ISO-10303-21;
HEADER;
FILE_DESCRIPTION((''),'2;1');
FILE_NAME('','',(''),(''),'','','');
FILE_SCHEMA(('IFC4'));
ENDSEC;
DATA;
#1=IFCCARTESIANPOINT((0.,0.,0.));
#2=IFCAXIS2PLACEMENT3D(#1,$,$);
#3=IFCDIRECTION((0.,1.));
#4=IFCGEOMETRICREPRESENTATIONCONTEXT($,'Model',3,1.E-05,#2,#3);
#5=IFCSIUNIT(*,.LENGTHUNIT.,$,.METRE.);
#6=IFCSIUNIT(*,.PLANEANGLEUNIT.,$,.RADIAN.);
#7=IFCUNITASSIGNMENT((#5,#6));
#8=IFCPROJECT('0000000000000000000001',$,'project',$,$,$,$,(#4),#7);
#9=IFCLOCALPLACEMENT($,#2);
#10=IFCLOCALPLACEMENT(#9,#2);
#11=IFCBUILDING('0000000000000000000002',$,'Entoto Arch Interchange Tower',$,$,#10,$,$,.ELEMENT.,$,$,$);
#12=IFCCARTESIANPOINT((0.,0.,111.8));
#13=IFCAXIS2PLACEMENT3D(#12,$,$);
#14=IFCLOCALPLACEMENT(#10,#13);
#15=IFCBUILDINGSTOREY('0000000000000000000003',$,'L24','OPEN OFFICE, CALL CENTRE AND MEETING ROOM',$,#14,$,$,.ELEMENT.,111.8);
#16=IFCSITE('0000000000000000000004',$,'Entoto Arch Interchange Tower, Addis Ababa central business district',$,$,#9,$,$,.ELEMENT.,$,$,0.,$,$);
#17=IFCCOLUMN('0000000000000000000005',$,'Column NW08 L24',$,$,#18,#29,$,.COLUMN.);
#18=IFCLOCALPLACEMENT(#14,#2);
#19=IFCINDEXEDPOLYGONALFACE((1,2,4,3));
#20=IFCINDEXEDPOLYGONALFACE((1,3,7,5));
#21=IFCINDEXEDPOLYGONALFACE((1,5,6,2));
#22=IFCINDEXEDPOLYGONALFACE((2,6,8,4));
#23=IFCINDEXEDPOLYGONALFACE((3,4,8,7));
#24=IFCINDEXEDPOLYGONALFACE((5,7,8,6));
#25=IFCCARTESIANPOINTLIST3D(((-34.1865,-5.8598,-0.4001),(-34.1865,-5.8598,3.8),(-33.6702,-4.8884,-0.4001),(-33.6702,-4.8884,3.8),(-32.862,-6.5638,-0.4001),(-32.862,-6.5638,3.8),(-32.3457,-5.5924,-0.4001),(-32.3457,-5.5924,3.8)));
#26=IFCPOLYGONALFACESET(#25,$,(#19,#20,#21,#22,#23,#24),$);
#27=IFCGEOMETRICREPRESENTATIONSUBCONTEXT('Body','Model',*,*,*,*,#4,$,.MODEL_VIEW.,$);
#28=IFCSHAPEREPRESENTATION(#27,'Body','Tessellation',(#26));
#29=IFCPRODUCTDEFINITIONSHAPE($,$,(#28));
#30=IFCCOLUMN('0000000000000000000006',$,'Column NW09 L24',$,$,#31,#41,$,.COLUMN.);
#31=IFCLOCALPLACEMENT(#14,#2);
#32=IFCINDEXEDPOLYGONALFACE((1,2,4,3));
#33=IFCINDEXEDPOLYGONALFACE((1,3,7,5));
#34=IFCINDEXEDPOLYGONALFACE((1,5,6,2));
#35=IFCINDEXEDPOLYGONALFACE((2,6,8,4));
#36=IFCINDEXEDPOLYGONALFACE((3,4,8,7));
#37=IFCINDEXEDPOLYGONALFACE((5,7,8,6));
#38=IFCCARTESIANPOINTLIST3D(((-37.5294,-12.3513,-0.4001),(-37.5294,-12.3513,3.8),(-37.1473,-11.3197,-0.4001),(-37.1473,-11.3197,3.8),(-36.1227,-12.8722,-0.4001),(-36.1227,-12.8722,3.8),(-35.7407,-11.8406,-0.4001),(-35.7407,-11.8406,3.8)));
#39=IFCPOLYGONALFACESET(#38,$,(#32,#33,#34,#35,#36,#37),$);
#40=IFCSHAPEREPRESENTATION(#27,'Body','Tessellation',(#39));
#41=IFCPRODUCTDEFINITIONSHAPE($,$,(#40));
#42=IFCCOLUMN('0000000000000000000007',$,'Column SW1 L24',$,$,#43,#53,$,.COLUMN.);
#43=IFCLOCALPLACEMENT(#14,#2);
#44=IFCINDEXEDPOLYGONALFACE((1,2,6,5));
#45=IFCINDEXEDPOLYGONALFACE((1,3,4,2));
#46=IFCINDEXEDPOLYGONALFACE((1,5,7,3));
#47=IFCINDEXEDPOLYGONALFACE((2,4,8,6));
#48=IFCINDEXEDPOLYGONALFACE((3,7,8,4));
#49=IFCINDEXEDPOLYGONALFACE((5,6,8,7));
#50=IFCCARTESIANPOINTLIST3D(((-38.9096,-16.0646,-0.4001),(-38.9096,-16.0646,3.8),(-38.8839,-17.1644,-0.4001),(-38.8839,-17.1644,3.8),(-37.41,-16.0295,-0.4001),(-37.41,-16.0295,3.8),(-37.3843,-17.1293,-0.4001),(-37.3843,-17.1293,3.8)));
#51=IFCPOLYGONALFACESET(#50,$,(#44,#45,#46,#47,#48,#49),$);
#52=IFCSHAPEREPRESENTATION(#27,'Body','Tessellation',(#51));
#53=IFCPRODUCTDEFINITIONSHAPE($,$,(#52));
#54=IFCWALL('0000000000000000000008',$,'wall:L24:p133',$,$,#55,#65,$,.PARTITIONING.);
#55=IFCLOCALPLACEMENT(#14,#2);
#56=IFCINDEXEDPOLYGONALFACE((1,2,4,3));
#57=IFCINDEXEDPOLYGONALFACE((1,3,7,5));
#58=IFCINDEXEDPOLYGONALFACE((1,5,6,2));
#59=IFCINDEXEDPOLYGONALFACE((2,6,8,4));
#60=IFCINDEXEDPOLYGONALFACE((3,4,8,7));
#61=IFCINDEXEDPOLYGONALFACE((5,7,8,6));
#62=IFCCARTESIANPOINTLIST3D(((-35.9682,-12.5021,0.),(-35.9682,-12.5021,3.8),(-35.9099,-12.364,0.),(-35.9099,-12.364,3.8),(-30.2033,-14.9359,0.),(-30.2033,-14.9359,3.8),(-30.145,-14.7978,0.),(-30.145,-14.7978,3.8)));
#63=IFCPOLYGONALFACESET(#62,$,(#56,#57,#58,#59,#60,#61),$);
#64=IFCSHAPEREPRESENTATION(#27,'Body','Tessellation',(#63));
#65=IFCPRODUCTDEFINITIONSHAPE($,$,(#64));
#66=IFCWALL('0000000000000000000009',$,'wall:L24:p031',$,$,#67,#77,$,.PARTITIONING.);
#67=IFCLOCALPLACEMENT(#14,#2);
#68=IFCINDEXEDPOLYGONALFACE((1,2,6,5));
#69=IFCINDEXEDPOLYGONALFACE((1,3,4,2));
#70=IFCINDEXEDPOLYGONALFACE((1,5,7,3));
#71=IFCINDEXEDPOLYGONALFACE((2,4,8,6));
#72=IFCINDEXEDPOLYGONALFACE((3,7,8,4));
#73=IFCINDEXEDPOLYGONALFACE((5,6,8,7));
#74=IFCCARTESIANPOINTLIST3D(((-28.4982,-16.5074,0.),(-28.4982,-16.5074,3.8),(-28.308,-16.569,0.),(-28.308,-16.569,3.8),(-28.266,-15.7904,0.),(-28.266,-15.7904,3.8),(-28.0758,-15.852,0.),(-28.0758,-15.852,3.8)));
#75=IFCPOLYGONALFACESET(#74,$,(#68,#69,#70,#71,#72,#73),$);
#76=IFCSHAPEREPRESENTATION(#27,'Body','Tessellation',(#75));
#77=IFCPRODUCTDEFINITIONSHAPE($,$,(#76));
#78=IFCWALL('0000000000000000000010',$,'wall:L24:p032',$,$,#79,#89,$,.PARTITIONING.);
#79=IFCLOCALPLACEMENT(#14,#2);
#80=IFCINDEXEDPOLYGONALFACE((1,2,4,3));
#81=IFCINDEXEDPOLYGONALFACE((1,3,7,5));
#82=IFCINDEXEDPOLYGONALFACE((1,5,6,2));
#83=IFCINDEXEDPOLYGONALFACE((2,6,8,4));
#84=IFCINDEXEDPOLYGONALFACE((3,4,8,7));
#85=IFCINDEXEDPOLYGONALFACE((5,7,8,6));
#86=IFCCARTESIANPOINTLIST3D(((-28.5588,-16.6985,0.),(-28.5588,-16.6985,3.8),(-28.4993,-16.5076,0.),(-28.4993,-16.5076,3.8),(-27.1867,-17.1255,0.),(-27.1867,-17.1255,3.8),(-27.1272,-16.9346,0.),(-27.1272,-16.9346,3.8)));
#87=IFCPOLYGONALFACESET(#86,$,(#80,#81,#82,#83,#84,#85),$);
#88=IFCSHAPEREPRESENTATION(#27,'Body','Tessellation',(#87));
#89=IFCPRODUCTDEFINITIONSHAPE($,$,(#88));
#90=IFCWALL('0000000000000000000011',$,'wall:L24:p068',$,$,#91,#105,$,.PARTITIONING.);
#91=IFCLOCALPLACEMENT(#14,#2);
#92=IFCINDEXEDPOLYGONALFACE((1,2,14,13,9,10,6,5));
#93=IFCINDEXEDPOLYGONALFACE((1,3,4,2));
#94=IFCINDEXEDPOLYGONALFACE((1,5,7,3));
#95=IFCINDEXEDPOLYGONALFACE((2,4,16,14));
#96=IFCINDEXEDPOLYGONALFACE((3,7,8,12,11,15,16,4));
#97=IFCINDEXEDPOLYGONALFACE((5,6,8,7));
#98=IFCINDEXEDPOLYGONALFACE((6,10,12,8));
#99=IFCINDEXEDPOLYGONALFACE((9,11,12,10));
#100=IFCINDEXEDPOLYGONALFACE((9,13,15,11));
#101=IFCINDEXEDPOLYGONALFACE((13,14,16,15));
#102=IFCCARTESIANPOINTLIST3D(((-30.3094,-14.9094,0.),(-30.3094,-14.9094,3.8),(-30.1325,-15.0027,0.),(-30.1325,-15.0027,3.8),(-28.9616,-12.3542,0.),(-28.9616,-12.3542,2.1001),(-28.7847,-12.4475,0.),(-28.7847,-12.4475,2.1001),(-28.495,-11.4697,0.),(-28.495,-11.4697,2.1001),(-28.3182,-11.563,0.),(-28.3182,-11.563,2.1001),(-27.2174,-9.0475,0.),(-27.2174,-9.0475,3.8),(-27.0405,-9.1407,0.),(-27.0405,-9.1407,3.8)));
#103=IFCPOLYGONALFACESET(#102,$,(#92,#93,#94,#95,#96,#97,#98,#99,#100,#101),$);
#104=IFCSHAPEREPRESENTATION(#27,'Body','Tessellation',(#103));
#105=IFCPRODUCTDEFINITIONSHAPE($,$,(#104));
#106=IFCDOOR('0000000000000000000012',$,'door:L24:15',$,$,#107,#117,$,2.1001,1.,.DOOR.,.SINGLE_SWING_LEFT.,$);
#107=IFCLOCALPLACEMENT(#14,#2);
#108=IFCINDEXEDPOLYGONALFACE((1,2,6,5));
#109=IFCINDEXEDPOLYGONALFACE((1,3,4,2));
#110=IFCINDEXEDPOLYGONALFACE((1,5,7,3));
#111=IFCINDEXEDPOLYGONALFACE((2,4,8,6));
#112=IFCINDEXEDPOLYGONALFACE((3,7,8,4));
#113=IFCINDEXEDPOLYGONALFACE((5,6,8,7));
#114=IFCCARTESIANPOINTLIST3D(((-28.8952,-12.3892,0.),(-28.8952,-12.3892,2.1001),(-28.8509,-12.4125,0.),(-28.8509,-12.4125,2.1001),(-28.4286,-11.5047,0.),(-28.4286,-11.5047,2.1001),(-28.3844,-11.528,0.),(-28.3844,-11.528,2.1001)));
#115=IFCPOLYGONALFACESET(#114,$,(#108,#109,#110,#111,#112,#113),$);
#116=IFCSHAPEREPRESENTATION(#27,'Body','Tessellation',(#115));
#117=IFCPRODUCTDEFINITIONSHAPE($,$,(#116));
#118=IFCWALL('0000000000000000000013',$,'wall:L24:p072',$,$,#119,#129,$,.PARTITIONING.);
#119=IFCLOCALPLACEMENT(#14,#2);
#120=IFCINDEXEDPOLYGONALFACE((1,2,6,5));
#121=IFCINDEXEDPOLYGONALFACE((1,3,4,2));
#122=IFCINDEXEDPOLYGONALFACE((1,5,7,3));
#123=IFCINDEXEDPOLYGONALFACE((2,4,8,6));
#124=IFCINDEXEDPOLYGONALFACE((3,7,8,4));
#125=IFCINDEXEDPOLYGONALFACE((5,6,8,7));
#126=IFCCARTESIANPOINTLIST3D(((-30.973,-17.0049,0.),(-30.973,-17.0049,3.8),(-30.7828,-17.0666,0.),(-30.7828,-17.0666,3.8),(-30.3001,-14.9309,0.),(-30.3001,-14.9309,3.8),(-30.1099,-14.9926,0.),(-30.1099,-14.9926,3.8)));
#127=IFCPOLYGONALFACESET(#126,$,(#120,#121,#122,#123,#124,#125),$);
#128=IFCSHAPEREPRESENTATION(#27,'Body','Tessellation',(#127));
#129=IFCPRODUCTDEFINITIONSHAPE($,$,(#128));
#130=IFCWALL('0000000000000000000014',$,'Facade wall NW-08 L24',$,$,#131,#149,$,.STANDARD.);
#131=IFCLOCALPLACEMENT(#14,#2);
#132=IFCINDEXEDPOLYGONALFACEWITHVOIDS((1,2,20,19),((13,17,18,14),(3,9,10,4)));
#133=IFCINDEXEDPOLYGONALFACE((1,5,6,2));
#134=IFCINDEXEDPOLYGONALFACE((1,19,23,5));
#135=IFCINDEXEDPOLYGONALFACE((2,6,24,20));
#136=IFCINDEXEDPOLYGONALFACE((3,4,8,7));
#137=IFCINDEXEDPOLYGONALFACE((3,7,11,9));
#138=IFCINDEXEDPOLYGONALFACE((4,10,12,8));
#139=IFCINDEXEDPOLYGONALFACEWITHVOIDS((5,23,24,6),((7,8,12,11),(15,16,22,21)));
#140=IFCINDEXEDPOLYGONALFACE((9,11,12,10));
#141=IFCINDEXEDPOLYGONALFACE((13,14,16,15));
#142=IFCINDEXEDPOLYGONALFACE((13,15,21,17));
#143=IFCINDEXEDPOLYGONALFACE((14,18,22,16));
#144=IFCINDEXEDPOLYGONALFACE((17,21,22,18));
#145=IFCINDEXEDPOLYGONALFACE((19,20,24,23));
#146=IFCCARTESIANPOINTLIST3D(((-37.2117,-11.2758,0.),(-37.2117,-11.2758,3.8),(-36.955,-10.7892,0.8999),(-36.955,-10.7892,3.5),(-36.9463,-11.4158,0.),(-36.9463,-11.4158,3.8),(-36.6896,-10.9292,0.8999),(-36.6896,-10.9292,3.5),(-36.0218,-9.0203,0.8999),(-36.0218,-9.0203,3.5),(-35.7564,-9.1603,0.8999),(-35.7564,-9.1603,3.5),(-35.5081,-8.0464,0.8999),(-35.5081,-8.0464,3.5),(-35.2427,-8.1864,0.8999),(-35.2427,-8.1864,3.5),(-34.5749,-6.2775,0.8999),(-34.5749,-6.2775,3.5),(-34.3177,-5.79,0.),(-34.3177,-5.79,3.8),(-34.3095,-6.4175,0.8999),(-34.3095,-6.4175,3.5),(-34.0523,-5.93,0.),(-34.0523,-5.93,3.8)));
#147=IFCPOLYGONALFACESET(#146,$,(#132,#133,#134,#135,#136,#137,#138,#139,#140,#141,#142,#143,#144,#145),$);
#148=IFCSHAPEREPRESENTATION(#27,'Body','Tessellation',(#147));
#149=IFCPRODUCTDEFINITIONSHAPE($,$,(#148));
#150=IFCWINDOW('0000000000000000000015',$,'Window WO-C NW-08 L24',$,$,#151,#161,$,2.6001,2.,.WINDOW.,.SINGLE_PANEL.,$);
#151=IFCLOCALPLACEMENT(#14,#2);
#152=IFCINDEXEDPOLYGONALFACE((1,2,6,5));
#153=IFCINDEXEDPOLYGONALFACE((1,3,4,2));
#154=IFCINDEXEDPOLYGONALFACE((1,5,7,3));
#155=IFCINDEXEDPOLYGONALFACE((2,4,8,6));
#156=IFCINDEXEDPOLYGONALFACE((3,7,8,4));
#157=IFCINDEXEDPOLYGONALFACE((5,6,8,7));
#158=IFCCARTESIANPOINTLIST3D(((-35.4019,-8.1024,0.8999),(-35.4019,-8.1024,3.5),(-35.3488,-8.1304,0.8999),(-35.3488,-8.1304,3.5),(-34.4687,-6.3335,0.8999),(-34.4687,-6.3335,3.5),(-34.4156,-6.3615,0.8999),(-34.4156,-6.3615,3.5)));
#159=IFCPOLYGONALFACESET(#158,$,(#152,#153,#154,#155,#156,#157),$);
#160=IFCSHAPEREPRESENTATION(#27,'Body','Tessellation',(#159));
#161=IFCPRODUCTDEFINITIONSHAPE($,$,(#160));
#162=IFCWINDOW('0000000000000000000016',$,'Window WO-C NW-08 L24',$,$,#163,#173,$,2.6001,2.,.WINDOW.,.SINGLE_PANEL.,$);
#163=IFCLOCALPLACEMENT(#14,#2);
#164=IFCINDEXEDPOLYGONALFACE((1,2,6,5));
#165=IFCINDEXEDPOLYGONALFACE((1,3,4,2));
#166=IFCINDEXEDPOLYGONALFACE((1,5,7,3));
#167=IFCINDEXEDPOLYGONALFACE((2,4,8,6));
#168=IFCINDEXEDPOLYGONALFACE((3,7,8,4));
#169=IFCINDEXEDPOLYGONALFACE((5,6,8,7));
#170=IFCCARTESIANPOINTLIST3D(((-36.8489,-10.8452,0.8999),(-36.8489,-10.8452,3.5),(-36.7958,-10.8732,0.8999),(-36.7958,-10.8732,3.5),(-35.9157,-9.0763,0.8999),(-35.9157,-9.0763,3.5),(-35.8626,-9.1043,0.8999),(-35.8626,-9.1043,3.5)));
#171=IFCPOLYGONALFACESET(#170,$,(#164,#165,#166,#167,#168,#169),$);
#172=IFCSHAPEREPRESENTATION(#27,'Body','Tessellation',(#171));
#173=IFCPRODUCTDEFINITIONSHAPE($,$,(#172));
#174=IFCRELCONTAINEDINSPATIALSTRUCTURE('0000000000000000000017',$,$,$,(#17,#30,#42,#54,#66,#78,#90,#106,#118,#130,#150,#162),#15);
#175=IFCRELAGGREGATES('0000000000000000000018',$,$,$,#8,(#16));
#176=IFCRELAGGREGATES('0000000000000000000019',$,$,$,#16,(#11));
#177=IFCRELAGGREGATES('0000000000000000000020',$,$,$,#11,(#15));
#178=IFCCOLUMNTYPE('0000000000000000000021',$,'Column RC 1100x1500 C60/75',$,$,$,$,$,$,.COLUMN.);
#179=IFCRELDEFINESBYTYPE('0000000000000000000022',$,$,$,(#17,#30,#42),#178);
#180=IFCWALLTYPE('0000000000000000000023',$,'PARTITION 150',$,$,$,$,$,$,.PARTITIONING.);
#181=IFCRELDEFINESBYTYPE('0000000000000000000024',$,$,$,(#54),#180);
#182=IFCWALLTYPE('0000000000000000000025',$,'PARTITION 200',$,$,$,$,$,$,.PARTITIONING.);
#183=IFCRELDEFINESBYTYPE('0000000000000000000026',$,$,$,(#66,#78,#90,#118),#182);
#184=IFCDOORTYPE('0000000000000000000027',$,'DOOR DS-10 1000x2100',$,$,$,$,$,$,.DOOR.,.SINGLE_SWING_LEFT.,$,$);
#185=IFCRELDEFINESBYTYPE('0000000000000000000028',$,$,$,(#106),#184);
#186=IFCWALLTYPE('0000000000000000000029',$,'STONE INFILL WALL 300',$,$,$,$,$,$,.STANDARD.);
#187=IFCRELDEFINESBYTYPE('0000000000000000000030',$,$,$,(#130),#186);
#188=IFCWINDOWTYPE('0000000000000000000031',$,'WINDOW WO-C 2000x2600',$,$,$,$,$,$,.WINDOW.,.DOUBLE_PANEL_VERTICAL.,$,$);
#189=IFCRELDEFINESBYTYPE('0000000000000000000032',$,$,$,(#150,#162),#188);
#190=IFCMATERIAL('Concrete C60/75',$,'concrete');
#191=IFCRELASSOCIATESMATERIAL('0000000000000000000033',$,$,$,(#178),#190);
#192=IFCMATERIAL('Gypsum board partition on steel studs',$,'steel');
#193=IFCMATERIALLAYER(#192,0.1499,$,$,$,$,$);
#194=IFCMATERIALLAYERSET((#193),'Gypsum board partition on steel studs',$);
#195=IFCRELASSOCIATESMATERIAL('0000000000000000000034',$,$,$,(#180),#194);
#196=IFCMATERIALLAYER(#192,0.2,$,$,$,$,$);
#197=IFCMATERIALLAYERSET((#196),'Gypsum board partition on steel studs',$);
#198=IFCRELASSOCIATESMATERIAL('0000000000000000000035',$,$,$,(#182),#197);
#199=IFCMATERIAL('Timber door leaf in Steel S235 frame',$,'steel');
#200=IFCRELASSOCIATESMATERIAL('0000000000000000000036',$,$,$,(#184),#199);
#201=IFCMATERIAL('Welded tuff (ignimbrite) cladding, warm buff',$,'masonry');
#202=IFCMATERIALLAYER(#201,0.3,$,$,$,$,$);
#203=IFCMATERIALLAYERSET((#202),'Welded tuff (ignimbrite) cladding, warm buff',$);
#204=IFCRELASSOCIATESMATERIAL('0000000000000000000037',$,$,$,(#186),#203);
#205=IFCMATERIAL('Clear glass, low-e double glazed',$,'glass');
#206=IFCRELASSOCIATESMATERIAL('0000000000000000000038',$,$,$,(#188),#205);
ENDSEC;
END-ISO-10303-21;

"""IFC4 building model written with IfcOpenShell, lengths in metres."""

from ifc_helpers import new_model, si_unit, direction, frame, frame_2d, origin, origin_2d, place, context, subcontext, project, spatial, rectangle, extrude, material, layer, layer_set, material_profile, profile_set, type_object, element, fill, save


model = new_model("IFC4")

# Units and contexts
model_context = context("Model", 3, precision=1e-05, world=origin(), true_north=direction((0.0, 1.0)))
body_context = subcontext(model_context, "Body", "Model", "MODEL_VIEW")
ifc_project = project(units=[si_unit("LENGTHUNIT", "METRE"), si_unit("PLANEANGLEUNIT", "RADIAN")], contexts=[model_context])

# Site, building, storey
site_placement = place(None, origin())
site = spatial("IfcSite", under=ifc_project, at=site_placement, Name="Entoto Arch Interchange Tower, Addis Ababa central business district", CompositionType="ELEMENT", RefElevation=0.0)
building_placement = place(site_placement, origin())
building = spatial("IfcBuilding", under=site, at=building_placement, Name="Entoto Arch Interchange Tower", CompositionType="ELEMENT")
storey_placement = place(building_placement, frame((0.0, 0.0, 111.8)))
storey = spatial("IfcBuildingStorey", under=building, at=storey_placement, Name="L24", Description="OPEN OFFICE, CALL CENTRE AND MEETING ROOM", CompositionType="ELEMENT", Elevation=111.8)

# Columns
ifc_material_1 = material(Name="Concrete C60/75", Category="concrete")
ifc_material_profile = material_profile(ifc_material_1, rectangle(XDim=1.1001, YDim=1.5, at=origin_2d()))
ifc_profile_set = profile_set([ifc_material_profile], Name="Concrete C60/75")
column_type = type_object("IfcColumnType", Name="Column RC 1100x1500 C60/75", PredefinedType="COLUMN", material=ifc_profile_set)
for number, where, z_axis, x_axis, name in (
    (1, (-33.2661, -5.7261, -0.4001), (0.0, 0.0, 1.0), (0.469333, 0.883021, 0.0), "Column NW08 L24"),
    (2, (-36.635, -12.0959, -0.4001), (0.0, 0.0, 1.0), (0.347312, 0.93775, 0.0), "Column NW09 L24"),
    (3, (-38.147, -16.5969, -0.4001), (0.0, 0.0, 1.0), (-0.023385, 0.999727, 0.0), "Column SW1 L24"),
):
    element("IfcColumn", number, at=place(storey_placement, frame(where, z_axis=z_axis, x_axis=x_axis)), inside=storey, type_object=column_type, Name=name, PredefinedType="COLUMN", context=body_context, shape_type="SweptSolid", body=[
        extrude(rectangle(XDim=1.1001, YDim=1.5, at=origin_2d()), origin(), (0.0, 0.0, 1.0), 4.2002),
    ])

# Walls
ifc_material_2 = material(Name="Gypsum board partition on steel studs", Category="steel")
ifc_layer_1 = layer(ifc_material_2, 0.1499)
ifc_layer_set_1 = layer_set([ifc_layer_1], Name="Gypsum board partition on steel studs")
wall_type_1 = type_object("IfcWallType", Name="PARTITION 150", PredefinedType="PARTITIONING", material=ifc_layer_set_1)
wall_1_placement = place(storey_placement, frame((-30.1741, -14.8669, 0.0), z_axis=(0.0, 0.0, 1.0), x_axis=(-0.921263, 0.388941, 0.0)))
element("IfcWall", 4, at=wall_1_placement, inside=storey, type_object=wall_type_1, Name="wall:L24:p133", PredefinedType="PARTITIONING", context=body_context, shape_type="SweptSolid", body=[
    extrude(rectangle(XDim=6.2576, YDim=0.1499, at=frame_2d((3.1289, 0.0))), origin(), (0.0, 0.0, 1.0), 3.8),
])
ifc_layer_2 = layer(ifc_material_2, 0.2)
ifc_layer_set_2 = layer_set([ifc_layer_2], Name="Gypsum board partition on steel studs")
wall_type_2 = type_object("IfcWallType", Name="PARTITION 200", PredefinedType="PARTITIONING", material=ifc_layer_set_2)
wall_2_placement = place(storey_placement, frame((-28.1709, -15.821, 0.0), z_axis=(0.0, 0.0, 1.0), x_axis=(-0.308053, -0.951369, 0.0)))
element("IfcWall", 5, at=wall_2_placement, inside=storey, type_object=wall_type_2, Name="wall:L24:p031", PredefinedType="PARTITIONING", context=body_context, shape_type="SweptSolid", body=[
    extrude(rectangle(XDim=0.7537, YDim=0.2, at=frame_2d((0.377, 0.0))), origin(), (0.0, 0.0, 1.0), 3.8),
])
wall_3_placement = place(storey_placement, frame((-28.5291, -16.603, 0.0), z_axis=(0.0, 0.0, 1.0), x_axis=(0.95483, -0.297153, 0.0)))
element("IfcWall", 6, at=wall_3_placement, inside=storey, type_object=wall_type_2, Name="wall:L24:p032", PredefinedType="PARTITIONING", context=body_context, shape_type="SweptSolid", body=[
    extrude(rectangle(XDim=1.437, YDim=0.2, at=frame_2d((0.7185, 0.0))), origin(), (0.0, 0.0, 1.0), 3.8),
])

# Wall, opening, door
wall_4_placement = place(storey_placement, frame((-30.2209, -14.9561, 0.0), z_axis=(0.0, 0.0, 1.0), x_axis=(0.466543, 0.884498, 0.0)))
wall_4 = element("IfcWall", 7, at=wall_4_placement, inside=storey, type_object=wall_type_2, Name="wall:L24:p068", PredefinedType="PARTITIONING", context=body_context, shape_type="SweptSolid", body=[
    extrude(rectangle(XDim=6.6274, YDim=0.2, at=frame_2d((3.3137, 0.0))), origin(), (0.0, 0.0, 1.0), 3.8),
])
opening_1_placement = place(wall_4_placement, frame((2.8889, 0.0, 0.0)))
opening_1 = element("IfcOpeningElement", 8, at=opening_1_placement, cuts=wall_4, PredefinedType="OPENING", context=body_context, shape_type="SweptSolid", body=[
    extrude(rectangle(XDim=1.0, YDim=2.1001, at=frame_2d((0.5, 1.05))), frame((0.0, 0.1099, 0.0), z_axis=(0.0, -1.0, 0.0), x_axis=(1.0, 0.0, 0.0)), (0.0, 0.0, 1.0), 0.22),
])
ifc_material_3 = material(Name="Timber door leaf in Steel S235 frame", Category="steel")
door_type = type_object("IfcDoorType", Name="DOOR DS-10 1000x2100", OperationType="SINGLE_SWING_LEFT", PredefinedType="DOOR", material=ifc_material_3)
door_placement = place(opening_1_placement, origin())
door = element("IfcDoor", 9, at=door_placement, inside=storey, type_object=door_type, Name="door:L24:15", OperationType="SINGLE_SWING_LEFT", OverallHeight=2.1001, OverallWidth=1.0, PredefinedType="DOOR", context=body_context, shape_type="SweptSolid", body=[
    extrude(rectangle(XDim=1.0, YDim=2.1001, at=frame_2d((0.5, 1.05))), frame((0.0, 0.0249, 0.0), z_axis=(0.0, -1.0, 0.0), x_axis=(1.0, 0.0, 0.0)), (0.0, 0.0, 1.0), 0.05),
])
fill(opening_1, door)

# Wall
wall_5_placement = place(storey_placement, frame((-30.8779, -17.0359, 0.0), z_axis=(0.0, 0.0, 1.0), x_axis=(0.308592, 0.951194, 0.0)))
element("IfcWall", 10, at=wall_5_placement, inside=storey, type_object=wall_type_2, Name="wall:L24:p072", PredefinedType="PARTITIONING", context=body_context, shape_type="SweptSolid", body=[
    extrude(rectangle(XDim=2.1804, YDim=0.2, at=frame_2d((1.0903, 0.0))), origin(), (0.0, 0.0, 1.0), 3.8),
])

# Wall, openings, windows
ifc_material_4 = material(Name="Welded tuff (ignimbrite) cladding, warm buff", Category="masonry")
ifc_layer_3 = layer(ifc_material_4, 0.3)
ifc_layer_set_3 = layer_set([ifc_layer_3], Name="Welded tuff (ignimbrite) cladding, warm buff")
wall_type_3 = type_object("IfcWallType", Name="STONE INFILL WALL 300", PredefinedType="STANDARD", material=ifc_layer_set_3)
wall_6_placement = place(storey_placement, frame((-34.1851, -5.8601, 0.0), z_axis=(0.0, 0.0, 1.0), x_axis=(-0.4666, -0.884469, 0.0)))
wall_6 = element("IfcWall", 11, at=wall_6_placement, inside=storey, type_object=wall_type_3, Name="Facade wall NW-08 L24", PredefinedType="STANDARD", context=body_context, shape_type="SweptSolid", body=[
    extrude(rectangle(XDim=6.2024, YDim=0.3, at=frame_2d((3.1011, 0.0))), origin(), (0.0, 0.0, 1.0), 3.8),
])
opening_2_placement = place(wall_6_placement, frame((0.551, 0.0, 0.8999)))
opening_2 = element("IfcOpeningElement", 12, at=opening_2_placement, cuts=wall_6, PredefinedType="OPENING", context=body_context, shape_type="SweptSolid", body=[
    extrude(rectangle(XDim=2.0, YDim=2.6001, at=frame_2d((1.0, 1.3))), frame((0.0, 0.1602, 0.0), z_axis=(0.0, -1.0, 0.0), x_axis=(1.0, 0.0, 0.0)), (0.0, 0.0, 1.0), 0.3201),
])
opening_3_placement = place(wall_6_placement, frame((3.6521, 0.0, 0.8999)))
opening_3 = element("IfcOpeningElement", 13, at=opening_3_placement, cuts=wall_6, PredefinedType="OPENING", context=body_context, shape_type="SweptSolid", body=[
    extrude(rectangle(XDim=2.0, YDim=2.6001, at=frame_2d((1.0, 1.3))), frame((0.0, 0.1602, 0.0), z_axis=(0.0, -1.0, 0.0), x_axis=(1.0, 0.0, 0.0)), (0.0, 0.0, 1.0), 0.3201),
])
ifc_material_5 = material(Name="Clear glass, low-e double glazed", Category="glass")
window_type_1 = type_object("IfcWindowType", Name="WINDOW WO-C 2000x2600", PartitioningType="DOUBLE_PANEL_VERTICAL", PredefinedType="WINDOW", material=ifc_material_5)
window_1_placement = place(opening_2_placement, origin())
window_1 = element("IfcWindow", 14, at=window_1_placement, inside=storey, type_object=window_type_1, Name="Window WO-C NW-08 L24", OverallHeight=2.6001, OverallWidth=2.0, PartitioningType="SINGLE_PANEL", PredefinedType="WINDOW", context=body_context, shape_type="SweptSolid", body=[
    extrude(rectangle(XDim=2.0, YDim=2.6001, at=frame_2d((1.0, 1.3))), frame((0.0, 0.03, 0.0), z_axis=(0.0, -1.0, 0.0), x_axis=(1.0, 0.0, 0.0)), (0.0, 0.0, 1.0), 0.0601),
])
fill(opening_2, window_1)
window_2_placement = place(opening_3_placement, origin())
window_2 = element("IfcWindow", 15, at=window_2_placement, inside=storey, type_object=window_type_1, Name="Window WO-C NW-08 L24", OverallHeight=2.6001, OverallWidth=2.0, PartitioningType="SINGLE_PANEL", PredefinedType="WINDOW", context=body_context, shape_type="SweptSolid", body=[
    extrude(rectangle(XDim=2.0, YDim=2.6001, at=frame_2d((1.0, 1.3))), frame((0.0, 0.03, 0.0), z_axis=(0.0, -1.0, 0.0), x_axis=(1.0, 0.0, 0.0)), (0.0, 0.0, 1.0), 0.0601),
])
fill(opening_3, window_2)

save(model, "model.ifc")
